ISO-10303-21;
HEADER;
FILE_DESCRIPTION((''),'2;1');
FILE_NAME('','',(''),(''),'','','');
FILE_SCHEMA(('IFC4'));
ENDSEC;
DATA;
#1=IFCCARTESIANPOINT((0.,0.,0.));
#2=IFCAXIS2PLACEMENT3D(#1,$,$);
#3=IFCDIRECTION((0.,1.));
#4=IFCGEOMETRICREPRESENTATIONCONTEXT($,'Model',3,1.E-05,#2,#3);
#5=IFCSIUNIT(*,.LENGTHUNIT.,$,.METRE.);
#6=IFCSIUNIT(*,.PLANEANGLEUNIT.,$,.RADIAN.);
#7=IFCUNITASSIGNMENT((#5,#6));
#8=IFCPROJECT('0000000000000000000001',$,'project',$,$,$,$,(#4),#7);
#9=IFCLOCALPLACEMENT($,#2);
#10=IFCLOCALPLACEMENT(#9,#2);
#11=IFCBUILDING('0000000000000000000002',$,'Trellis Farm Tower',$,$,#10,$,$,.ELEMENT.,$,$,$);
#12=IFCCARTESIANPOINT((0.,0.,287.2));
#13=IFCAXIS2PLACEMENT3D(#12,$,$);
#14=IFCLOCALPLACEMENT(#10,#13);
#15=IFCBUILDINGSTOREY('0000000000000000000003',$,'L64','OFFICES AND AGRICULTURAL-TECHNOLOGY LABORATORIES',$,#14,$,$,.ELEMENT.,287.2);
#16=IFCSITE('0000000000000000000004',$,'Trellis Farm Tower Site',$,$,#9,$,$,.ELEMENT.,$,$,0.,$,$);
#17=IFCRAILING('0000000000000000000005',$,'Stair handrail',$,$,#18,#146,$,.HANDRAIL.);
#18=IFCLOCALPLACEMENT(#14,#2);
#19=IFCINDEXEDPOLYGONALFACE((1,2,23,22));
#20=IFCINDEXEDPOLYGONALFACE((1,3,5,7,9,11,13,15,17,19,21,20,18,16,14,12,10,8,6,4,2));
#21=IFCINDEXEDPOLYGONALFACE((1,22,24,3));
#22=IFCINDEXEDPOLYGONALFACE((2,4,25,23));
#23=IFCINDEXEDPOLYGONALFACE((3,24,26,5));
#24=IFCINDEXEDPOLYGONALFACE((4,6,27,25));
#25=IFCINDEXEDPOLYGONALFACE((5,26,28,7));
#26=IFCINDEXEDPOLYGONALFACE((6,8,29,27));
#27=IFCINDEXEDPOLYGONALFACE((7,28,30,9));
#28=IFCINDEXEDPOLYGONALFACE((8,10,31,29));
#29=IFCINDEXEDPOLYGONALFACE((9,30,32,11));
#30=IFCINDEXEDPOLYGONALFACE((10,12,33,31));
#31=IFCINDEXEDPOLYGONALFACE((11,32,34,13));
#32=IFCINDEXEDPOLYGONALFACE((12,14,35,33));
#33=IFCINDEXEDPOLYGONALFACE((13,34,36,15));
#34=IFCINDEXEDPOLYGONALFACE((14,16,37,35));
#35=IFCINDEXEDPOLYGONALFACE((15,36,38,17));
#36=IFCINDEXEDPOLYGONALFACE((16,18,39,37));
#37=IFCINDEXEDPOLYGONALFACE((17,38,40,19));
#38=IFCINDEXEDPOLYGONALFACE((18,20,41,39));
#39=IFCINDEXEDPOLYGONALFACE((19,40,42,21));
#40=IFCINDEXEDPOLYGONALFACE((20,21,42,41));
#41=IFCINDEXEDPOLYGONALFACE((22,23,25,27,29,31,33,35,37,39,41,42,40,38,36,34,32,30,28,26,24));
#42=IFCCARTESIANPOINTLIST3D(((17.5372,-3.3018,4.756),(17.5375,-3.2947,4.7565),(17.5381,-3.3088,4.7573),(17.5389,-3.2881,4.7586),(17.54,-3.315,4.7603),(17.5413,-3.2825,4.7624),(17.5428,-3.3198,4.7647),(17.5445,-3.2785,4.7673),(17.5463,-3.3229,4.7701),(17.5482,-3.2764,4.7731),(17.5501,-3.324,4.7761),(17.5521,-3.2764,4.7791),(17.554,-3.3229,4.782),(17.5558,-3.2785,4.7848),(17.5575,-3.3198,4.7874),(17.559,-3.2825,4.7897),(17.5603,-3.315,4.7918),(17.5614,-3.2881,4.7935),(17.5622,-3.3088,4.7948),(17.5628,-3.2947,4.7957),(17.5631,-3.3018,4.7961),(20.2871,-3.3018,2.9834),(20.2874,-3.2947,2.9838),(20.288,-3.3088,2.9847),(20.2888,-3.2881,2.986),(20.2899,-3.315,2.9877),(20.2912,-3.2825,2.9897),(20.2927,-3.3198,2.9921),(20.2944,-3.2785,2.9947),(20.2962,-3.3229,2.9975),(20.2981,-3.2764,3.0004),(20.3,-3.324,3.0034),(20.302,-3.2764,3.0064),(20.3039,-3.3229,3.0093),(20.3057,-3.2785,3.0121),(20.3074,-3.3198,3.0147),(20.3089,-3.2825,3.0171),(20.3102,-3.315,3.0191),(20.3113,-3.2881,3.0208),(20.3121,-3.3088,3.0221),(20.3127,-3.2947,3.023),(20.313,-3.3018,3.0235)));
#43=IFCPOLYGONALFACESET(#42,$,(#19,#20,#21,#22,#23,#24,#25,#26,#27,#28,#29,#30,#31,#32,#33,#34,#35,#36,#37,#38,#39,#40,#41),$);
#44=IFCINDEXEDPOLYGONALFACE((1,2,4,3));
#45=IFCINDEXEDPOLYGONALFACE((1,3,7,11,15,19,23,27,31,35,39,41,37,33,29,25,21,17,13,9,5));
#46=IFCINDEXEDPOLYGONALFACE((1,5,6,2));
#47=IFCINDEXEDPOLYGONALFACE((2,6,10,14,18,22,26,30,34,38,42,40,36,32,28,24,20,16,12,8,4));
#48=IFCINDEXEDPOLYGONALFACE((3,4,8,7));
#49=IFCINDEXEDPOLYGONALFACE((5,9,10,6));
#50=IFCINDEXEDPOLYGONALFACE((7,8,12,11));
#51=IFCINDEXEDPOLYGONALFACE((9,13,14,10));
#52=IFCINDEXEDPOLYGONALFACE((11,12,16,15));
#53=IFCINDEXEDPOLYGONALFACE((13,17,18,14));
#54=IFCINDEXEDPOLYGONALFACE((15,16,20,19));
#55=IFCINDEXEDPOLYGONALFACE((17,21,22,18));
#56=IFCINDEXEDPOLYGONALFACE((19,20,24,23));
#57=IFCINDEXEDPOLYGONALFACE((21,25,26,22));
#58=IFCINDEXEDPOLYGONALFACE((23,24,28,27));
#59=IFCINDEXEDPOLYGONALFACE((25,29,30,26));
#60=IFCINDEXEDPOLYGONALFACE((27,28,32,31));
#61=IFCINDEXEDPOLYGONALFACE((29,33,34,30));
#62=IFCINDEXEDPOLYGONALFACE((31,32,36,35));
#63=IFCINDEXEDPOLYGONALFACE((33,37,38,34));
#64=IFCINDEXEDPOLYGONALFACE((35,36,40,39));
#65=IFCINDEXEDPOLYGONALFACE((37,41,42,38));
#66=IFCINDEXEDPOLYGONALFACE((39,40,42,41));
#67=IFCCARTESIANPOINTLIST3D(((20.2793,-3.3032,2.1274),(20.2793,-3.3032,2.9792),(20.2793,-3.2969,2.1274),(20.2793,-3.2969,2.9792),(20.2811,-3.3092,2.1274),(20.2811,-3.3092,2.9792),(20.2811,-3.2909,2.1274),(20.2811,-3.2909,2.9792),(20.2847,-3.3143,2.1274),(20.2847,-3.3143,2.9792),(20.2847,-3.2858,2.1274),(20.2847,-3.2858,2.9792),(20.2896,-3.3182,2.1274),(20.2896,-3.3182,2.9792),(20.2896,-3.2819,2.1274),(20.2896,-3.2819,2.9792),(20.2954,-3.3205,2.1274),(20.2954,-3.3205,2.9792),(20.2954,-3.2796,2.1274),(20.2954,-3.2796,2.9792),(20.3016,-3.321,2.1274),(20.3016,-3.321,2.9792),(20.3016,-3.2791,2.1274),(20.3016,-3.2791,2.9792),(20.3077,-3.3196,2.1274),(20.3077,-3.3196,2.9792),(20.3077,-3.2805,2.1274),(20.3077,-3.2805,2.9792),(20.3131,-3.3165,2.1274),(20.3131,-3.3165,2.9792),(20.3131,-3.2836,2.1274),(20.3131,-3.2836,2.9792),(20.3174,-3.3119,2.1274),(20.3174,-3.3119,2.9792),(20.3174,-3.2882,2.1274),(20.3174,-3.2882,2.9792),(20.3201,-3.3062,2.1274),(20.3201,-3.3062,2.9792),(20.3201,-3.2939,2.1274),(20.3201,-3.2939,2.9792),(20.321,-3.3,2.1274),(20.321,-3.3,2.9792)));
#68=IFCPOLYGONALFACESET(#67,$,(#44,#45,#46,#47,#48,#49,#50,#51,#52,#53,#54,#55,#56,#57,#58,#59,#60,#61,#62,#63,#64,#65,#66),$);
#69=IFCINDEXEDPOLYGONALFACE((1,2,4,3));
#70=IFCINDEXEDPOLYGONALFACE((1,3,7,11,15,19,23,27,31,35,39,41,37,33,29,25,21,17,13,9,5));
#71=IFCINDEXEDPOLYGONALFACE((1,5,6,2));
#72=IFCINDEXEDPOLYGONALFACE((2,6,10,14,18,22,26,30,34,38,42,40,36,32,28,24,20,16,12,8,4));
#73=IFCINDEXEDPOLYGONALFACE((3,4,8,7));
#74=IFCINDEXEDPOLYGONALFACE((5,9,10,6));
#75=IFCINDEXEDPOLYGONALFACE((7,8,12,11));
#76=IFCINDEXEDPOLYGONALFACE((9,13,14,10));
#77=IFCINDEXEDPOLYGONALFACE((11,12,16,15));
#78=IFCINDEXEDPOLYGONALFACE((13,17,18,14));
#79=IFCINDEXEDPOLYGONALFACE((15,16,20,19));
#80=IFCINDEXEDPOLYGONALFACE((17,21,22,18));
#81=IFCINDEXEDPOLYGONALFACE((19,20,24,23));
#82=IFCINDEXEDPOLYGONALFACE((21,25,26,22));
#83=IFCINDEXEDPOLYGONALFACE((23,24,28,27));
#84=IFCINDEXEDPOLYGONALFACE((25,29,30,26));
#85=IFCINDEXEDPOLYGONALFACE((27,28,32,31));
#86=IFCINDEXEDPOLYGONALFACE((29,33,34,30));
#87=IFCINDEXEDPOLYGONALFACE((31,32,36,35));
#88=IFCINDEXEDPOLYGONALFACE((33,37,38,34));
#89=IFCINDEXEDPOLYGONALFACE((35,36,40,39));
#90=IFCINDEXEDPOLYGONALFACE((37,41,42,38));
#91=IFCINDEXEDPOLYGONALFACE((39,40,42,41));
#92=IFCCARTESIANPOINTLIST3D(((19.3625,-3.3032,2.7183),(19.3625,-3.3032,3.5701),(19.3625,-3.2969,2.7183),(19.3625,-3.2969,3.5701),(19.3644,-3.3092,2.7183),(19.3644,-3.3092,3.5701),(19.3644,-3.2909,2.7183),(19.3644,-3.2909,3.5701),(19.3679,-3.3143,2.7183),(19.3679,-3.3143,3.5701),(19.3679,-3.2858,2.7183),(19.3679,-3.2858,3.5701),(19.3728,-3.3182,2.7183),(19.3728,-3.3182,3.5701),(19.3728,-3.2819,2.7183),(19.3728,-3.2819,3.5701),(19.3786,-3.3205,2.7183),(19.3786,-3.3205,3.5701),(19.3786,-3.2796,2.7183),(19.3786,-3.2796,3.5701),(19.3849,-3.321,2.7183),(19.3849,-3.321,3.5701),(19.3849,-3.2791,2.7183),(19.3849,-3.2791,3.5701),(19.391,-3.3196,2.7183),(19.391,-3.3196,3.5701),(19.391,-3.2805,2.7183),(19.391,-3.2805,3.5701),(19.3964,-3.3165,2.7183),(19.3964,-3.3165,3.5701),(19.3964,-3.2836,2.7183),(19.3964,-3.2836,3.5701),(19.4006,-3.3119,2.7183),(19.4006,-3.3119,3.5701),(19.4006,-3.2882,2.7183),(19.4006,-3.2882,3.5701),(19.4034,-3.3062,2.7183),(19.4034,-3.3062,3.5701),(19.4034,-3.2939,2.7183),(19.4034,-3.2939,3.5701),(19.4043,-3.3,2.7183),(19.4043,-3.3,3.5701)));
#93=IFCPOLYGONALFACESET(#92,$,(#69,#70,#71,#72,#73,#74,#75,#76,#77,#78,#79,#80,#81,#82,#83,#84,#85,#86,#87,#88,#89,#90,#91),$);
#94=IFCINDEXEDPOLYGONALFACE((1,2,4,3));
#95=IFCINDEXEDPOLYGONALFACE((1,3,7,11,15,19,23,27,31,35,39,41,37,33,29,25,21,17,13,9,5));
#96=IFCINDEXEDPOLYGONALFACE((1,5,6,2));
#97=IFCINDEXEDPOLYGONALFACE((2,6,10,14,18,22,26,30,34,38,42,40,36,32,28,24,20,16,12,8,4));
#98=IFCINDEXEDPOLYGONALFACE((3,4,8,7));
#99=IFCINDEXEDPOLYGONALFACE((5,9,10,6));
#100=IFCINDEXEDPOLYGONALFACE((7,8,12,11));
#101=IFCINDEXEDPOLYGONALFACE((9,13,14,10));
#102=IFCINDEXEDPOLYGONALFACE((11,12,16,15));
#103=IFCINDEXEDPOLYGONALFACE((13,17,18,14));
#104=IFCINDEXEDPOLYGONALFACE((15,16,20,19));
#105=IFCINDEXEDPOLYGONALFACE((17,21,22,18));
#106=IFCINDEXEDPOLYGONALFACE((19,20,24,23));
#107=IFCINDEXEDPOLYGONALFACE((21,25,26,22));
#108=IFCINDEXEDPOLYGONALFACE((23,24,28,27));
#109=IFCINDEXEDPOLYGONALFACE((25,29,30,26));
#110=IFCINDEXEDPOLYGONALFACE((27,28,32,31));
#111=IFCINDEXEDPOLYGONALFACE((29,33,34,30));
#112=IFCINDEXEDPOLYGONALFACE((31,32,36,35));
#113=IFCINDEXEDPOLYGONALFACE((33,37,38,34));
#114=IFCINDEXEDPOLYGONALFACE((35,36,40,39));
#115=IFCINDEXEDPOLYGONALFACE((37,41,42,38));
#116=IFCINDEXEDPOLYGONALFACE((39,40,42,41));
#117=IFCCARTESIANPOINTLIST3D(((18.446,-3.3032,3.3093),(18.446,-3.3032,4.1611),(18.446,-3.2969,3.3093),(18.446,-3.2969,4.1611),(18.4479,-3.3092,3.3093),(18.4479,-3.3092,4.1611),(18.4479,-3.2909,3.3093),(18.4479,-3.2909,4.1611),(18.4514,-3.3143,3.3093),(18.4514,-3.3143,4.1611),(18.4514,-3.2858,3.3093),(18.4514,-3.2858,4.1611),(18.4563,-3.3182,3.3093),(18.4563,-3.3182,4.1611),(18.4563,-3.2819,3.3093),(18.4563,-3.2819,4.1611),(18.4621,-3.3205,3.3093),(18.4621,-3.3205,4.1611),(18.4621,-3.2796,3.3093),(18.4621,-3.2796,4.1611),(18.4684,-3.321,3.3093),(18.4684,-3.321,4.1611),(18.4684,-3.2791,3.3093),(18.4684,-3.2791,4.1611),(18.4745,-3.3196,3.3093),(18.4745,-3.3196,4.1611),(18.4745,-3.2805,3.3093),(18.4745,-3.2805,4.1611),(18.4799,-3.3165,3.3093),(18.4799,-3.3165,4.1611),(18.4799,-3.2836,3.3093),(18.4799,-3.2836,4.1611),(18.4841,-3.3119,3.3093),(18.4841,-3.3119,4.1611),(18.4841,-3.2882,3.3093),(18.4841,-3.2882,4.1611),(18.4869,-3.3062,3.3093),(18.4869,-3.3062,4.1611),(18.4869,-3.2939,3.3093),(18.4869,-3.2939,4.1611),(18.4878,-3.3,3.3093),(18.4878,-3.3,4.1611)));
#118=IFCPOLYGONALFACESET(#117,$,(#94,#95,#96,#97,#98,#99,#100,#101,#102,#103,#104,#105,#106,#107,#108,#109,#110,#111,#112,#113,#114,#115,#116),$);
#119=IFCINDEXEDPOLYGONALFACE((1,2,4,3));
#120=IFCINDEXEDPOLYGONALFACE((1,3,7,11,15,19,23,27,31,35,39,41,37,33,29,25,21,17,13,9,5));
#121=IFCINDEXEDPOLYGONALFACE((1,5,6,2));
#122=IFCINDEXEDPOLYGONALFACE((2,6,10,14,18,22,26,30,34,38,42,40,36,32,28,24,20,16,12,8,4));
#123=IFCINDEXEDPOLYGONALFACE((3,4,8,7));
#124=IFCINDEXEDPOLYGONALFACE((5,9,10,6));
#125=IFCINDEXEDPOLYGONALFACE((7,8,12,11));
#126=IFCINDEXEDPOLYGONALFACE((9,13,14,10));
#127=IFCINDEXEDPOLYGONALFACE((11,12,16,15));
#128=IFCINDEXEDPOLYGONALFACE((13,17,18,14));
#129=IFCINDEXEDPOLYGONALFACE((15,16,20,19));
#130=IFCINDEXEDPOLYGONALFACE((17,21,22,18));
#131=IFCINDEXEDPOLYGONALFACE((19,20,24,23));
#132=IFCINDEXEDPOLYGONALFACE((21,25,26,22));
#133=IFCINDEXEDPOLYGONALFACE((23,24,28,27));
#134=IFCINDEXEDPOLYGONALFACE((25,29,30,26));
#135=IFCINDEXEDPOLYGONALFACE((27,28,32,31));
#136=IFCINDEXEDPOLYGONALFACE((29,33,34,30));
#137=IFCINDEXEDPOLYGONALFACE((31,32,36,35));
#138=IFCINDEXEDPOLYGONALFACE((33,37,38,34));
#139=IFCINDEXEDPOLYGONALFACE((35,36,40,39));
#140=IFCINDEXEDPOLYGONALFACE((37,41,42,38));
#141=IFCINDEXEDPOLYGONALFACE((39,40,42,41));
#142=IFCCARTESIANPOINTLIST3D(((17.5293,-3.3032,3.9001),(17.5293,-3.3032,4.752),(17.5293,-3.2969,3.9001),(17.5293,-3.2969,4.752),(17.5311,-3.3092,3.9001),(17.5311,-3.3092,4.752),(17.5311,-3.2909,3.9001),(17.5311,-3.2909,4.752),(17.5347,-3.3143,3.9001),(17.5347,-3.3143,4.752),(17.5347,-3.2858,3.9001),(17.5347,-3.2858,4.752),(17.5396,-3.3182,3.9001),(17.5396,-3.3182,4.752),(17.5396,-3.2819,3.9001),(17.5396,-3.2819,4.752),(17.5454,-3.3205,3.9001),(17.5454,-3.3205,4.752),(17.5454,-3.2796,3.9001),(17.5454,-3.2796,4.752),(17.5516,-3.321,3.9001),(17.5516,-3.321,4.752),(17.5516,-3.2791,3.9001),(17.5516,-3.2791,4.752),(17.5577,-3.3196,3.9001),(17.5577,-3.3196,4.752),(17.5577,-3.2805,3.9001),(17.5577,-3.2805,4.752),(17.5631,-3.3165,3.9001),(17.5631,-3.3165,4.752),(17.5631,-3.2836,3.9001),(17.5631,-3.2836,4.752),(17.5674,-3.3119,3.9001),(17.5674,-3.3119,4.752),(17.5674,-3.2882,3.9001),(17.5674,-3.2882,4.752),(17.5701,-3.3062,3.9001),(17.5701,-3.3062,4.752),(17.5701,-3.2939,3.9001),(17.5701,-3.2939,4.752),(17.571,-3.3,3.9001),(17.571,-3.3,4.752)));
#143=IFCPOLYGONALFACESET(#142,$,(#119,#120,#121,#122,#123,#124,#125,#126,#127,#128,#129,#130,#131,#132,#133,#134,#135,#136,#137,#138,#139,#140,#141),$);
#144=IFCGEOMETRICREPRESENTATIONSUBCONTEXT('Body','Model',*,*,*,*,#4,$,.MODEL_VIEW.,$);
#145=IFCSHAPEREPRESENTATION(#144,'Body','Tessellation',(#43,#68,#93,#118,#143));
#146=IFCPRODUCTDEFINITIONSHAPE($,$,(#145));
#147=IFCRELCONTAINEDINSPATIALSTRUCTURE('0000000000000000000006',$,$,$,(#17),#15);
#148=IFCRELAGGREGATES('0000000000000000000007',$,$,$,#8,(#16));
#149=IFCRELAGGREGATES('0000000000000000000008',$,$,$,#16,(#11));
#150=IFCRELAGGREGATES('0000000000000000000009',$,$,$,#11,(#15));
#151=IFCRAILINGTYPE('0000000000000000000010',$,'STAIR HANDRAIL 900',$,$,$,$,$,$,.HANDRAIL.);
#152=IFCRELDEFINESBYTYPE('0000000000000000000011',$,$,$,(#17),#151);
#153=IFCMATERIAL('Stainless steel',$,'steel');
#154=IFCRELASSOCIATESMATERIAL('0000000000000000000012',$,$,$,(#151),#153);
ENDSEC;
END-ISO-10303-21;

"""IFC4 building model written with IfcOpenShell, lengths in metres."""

from ifc_helpers import new_model, si_unit, direction, frame, origin, origin_2d, place, context, subcontext, project, spatial, circle, extrude, source, transform, mapped, material, type_object, element, save


model = new_model("IFC4")

# Units and contexts
model_context = context("Model", 3, precision=1e-05, world=origin(), true_north=direction((0.0, 1.0)))
body_context = subcontext(model_context, "Body", "Model", "MODEL_VIEW")
ifc_project = project(units=[si_unit("LENGTHUNIT", "METRE"), si_unit("PLANEANGLEUNIT", "RADIAN")], contexts=[model_context])

# Site, building, storey
site_placement = place(None, origin())
site = spatial("IfcSite", under=ifc_project, at=site_placement, Name="Trellis Farm Tower Site", CompositionType="ELEMENT", RefElevation=0.0)
building_placement = place(site_placement, origin())
building = spatial("IfcBuilding", under=site, at=building_placement, Name="Trellis Farm Tower", CompositionType="ELEMENT")
storey_placement = place(building_placement, frame((0.0, 0.0, 287.2)))
storey = spatial("IfcBuildingStorey", under=building, at=storey_placement, Name="L64", Description="OFFICES AND AGRICULTURAL-TECHNOLOGY LABORATORIES", CompositionType="ELEMENT", Elevation=287.2)

# Railing
ifc_material_1 = material(Name="Stainless steel", Category="steel")
railing_type = type_object("IfcRailingType", Name="STAIR HANDRAIL 900", PredefinedType="HANDRAIL", material=ifc_material_1)
shared_shape_1 = source(origin(), body_context, "Body", "SweptSolid", [
    extrude(circle(Radius=0.0239, at=origin_2d()), frame((0.0, 0.0, 0.876), z_axis=(-0.840504, 0.0, 0.541806), x_axis=(0.0, -1.0, 0.0)), (0.0, 0.0, 1.0), 3.2717),
    extrude(circle(Radius=0.021, at=origin_2d()), origin(), (0.0, 0.0, 1.0), 0.8518),
    extrude(circle(Radius=0.021, at=origin_2d()), frame((-0.9167, 0.0, 0.5908)), (0.0, 0.0, 1.0), 0.8518),
    extrude(circle(Radius=0.021, at=origin_2d()), frame((-1.8333, 0.0, 1.1819)), (0.0, 0.0, 1.0), 0.8518),
    extrude(circle(Radius=0.021, at=origin_2d()), frame((-2.75, 0.0, 1.7727)), (0.0, 0.0, 1.0), 0.8518),
])
for number, where, name in (
    (1, (20.3, -3.3, 2.1274), "Stair handrail"),
):
    element("IfcRailing", number, at=place(storey_placement, frame(where)), inside=storey, type_object=railing_type, Name=name, PredefinedType="HANDRAIL", context=body_context, shape_type="MappedRepresentation", body=[
        mapped(shared_shape_1, transform((0.0, 0.0, 0.0))),
    ])

save(model, "model.ifc")
